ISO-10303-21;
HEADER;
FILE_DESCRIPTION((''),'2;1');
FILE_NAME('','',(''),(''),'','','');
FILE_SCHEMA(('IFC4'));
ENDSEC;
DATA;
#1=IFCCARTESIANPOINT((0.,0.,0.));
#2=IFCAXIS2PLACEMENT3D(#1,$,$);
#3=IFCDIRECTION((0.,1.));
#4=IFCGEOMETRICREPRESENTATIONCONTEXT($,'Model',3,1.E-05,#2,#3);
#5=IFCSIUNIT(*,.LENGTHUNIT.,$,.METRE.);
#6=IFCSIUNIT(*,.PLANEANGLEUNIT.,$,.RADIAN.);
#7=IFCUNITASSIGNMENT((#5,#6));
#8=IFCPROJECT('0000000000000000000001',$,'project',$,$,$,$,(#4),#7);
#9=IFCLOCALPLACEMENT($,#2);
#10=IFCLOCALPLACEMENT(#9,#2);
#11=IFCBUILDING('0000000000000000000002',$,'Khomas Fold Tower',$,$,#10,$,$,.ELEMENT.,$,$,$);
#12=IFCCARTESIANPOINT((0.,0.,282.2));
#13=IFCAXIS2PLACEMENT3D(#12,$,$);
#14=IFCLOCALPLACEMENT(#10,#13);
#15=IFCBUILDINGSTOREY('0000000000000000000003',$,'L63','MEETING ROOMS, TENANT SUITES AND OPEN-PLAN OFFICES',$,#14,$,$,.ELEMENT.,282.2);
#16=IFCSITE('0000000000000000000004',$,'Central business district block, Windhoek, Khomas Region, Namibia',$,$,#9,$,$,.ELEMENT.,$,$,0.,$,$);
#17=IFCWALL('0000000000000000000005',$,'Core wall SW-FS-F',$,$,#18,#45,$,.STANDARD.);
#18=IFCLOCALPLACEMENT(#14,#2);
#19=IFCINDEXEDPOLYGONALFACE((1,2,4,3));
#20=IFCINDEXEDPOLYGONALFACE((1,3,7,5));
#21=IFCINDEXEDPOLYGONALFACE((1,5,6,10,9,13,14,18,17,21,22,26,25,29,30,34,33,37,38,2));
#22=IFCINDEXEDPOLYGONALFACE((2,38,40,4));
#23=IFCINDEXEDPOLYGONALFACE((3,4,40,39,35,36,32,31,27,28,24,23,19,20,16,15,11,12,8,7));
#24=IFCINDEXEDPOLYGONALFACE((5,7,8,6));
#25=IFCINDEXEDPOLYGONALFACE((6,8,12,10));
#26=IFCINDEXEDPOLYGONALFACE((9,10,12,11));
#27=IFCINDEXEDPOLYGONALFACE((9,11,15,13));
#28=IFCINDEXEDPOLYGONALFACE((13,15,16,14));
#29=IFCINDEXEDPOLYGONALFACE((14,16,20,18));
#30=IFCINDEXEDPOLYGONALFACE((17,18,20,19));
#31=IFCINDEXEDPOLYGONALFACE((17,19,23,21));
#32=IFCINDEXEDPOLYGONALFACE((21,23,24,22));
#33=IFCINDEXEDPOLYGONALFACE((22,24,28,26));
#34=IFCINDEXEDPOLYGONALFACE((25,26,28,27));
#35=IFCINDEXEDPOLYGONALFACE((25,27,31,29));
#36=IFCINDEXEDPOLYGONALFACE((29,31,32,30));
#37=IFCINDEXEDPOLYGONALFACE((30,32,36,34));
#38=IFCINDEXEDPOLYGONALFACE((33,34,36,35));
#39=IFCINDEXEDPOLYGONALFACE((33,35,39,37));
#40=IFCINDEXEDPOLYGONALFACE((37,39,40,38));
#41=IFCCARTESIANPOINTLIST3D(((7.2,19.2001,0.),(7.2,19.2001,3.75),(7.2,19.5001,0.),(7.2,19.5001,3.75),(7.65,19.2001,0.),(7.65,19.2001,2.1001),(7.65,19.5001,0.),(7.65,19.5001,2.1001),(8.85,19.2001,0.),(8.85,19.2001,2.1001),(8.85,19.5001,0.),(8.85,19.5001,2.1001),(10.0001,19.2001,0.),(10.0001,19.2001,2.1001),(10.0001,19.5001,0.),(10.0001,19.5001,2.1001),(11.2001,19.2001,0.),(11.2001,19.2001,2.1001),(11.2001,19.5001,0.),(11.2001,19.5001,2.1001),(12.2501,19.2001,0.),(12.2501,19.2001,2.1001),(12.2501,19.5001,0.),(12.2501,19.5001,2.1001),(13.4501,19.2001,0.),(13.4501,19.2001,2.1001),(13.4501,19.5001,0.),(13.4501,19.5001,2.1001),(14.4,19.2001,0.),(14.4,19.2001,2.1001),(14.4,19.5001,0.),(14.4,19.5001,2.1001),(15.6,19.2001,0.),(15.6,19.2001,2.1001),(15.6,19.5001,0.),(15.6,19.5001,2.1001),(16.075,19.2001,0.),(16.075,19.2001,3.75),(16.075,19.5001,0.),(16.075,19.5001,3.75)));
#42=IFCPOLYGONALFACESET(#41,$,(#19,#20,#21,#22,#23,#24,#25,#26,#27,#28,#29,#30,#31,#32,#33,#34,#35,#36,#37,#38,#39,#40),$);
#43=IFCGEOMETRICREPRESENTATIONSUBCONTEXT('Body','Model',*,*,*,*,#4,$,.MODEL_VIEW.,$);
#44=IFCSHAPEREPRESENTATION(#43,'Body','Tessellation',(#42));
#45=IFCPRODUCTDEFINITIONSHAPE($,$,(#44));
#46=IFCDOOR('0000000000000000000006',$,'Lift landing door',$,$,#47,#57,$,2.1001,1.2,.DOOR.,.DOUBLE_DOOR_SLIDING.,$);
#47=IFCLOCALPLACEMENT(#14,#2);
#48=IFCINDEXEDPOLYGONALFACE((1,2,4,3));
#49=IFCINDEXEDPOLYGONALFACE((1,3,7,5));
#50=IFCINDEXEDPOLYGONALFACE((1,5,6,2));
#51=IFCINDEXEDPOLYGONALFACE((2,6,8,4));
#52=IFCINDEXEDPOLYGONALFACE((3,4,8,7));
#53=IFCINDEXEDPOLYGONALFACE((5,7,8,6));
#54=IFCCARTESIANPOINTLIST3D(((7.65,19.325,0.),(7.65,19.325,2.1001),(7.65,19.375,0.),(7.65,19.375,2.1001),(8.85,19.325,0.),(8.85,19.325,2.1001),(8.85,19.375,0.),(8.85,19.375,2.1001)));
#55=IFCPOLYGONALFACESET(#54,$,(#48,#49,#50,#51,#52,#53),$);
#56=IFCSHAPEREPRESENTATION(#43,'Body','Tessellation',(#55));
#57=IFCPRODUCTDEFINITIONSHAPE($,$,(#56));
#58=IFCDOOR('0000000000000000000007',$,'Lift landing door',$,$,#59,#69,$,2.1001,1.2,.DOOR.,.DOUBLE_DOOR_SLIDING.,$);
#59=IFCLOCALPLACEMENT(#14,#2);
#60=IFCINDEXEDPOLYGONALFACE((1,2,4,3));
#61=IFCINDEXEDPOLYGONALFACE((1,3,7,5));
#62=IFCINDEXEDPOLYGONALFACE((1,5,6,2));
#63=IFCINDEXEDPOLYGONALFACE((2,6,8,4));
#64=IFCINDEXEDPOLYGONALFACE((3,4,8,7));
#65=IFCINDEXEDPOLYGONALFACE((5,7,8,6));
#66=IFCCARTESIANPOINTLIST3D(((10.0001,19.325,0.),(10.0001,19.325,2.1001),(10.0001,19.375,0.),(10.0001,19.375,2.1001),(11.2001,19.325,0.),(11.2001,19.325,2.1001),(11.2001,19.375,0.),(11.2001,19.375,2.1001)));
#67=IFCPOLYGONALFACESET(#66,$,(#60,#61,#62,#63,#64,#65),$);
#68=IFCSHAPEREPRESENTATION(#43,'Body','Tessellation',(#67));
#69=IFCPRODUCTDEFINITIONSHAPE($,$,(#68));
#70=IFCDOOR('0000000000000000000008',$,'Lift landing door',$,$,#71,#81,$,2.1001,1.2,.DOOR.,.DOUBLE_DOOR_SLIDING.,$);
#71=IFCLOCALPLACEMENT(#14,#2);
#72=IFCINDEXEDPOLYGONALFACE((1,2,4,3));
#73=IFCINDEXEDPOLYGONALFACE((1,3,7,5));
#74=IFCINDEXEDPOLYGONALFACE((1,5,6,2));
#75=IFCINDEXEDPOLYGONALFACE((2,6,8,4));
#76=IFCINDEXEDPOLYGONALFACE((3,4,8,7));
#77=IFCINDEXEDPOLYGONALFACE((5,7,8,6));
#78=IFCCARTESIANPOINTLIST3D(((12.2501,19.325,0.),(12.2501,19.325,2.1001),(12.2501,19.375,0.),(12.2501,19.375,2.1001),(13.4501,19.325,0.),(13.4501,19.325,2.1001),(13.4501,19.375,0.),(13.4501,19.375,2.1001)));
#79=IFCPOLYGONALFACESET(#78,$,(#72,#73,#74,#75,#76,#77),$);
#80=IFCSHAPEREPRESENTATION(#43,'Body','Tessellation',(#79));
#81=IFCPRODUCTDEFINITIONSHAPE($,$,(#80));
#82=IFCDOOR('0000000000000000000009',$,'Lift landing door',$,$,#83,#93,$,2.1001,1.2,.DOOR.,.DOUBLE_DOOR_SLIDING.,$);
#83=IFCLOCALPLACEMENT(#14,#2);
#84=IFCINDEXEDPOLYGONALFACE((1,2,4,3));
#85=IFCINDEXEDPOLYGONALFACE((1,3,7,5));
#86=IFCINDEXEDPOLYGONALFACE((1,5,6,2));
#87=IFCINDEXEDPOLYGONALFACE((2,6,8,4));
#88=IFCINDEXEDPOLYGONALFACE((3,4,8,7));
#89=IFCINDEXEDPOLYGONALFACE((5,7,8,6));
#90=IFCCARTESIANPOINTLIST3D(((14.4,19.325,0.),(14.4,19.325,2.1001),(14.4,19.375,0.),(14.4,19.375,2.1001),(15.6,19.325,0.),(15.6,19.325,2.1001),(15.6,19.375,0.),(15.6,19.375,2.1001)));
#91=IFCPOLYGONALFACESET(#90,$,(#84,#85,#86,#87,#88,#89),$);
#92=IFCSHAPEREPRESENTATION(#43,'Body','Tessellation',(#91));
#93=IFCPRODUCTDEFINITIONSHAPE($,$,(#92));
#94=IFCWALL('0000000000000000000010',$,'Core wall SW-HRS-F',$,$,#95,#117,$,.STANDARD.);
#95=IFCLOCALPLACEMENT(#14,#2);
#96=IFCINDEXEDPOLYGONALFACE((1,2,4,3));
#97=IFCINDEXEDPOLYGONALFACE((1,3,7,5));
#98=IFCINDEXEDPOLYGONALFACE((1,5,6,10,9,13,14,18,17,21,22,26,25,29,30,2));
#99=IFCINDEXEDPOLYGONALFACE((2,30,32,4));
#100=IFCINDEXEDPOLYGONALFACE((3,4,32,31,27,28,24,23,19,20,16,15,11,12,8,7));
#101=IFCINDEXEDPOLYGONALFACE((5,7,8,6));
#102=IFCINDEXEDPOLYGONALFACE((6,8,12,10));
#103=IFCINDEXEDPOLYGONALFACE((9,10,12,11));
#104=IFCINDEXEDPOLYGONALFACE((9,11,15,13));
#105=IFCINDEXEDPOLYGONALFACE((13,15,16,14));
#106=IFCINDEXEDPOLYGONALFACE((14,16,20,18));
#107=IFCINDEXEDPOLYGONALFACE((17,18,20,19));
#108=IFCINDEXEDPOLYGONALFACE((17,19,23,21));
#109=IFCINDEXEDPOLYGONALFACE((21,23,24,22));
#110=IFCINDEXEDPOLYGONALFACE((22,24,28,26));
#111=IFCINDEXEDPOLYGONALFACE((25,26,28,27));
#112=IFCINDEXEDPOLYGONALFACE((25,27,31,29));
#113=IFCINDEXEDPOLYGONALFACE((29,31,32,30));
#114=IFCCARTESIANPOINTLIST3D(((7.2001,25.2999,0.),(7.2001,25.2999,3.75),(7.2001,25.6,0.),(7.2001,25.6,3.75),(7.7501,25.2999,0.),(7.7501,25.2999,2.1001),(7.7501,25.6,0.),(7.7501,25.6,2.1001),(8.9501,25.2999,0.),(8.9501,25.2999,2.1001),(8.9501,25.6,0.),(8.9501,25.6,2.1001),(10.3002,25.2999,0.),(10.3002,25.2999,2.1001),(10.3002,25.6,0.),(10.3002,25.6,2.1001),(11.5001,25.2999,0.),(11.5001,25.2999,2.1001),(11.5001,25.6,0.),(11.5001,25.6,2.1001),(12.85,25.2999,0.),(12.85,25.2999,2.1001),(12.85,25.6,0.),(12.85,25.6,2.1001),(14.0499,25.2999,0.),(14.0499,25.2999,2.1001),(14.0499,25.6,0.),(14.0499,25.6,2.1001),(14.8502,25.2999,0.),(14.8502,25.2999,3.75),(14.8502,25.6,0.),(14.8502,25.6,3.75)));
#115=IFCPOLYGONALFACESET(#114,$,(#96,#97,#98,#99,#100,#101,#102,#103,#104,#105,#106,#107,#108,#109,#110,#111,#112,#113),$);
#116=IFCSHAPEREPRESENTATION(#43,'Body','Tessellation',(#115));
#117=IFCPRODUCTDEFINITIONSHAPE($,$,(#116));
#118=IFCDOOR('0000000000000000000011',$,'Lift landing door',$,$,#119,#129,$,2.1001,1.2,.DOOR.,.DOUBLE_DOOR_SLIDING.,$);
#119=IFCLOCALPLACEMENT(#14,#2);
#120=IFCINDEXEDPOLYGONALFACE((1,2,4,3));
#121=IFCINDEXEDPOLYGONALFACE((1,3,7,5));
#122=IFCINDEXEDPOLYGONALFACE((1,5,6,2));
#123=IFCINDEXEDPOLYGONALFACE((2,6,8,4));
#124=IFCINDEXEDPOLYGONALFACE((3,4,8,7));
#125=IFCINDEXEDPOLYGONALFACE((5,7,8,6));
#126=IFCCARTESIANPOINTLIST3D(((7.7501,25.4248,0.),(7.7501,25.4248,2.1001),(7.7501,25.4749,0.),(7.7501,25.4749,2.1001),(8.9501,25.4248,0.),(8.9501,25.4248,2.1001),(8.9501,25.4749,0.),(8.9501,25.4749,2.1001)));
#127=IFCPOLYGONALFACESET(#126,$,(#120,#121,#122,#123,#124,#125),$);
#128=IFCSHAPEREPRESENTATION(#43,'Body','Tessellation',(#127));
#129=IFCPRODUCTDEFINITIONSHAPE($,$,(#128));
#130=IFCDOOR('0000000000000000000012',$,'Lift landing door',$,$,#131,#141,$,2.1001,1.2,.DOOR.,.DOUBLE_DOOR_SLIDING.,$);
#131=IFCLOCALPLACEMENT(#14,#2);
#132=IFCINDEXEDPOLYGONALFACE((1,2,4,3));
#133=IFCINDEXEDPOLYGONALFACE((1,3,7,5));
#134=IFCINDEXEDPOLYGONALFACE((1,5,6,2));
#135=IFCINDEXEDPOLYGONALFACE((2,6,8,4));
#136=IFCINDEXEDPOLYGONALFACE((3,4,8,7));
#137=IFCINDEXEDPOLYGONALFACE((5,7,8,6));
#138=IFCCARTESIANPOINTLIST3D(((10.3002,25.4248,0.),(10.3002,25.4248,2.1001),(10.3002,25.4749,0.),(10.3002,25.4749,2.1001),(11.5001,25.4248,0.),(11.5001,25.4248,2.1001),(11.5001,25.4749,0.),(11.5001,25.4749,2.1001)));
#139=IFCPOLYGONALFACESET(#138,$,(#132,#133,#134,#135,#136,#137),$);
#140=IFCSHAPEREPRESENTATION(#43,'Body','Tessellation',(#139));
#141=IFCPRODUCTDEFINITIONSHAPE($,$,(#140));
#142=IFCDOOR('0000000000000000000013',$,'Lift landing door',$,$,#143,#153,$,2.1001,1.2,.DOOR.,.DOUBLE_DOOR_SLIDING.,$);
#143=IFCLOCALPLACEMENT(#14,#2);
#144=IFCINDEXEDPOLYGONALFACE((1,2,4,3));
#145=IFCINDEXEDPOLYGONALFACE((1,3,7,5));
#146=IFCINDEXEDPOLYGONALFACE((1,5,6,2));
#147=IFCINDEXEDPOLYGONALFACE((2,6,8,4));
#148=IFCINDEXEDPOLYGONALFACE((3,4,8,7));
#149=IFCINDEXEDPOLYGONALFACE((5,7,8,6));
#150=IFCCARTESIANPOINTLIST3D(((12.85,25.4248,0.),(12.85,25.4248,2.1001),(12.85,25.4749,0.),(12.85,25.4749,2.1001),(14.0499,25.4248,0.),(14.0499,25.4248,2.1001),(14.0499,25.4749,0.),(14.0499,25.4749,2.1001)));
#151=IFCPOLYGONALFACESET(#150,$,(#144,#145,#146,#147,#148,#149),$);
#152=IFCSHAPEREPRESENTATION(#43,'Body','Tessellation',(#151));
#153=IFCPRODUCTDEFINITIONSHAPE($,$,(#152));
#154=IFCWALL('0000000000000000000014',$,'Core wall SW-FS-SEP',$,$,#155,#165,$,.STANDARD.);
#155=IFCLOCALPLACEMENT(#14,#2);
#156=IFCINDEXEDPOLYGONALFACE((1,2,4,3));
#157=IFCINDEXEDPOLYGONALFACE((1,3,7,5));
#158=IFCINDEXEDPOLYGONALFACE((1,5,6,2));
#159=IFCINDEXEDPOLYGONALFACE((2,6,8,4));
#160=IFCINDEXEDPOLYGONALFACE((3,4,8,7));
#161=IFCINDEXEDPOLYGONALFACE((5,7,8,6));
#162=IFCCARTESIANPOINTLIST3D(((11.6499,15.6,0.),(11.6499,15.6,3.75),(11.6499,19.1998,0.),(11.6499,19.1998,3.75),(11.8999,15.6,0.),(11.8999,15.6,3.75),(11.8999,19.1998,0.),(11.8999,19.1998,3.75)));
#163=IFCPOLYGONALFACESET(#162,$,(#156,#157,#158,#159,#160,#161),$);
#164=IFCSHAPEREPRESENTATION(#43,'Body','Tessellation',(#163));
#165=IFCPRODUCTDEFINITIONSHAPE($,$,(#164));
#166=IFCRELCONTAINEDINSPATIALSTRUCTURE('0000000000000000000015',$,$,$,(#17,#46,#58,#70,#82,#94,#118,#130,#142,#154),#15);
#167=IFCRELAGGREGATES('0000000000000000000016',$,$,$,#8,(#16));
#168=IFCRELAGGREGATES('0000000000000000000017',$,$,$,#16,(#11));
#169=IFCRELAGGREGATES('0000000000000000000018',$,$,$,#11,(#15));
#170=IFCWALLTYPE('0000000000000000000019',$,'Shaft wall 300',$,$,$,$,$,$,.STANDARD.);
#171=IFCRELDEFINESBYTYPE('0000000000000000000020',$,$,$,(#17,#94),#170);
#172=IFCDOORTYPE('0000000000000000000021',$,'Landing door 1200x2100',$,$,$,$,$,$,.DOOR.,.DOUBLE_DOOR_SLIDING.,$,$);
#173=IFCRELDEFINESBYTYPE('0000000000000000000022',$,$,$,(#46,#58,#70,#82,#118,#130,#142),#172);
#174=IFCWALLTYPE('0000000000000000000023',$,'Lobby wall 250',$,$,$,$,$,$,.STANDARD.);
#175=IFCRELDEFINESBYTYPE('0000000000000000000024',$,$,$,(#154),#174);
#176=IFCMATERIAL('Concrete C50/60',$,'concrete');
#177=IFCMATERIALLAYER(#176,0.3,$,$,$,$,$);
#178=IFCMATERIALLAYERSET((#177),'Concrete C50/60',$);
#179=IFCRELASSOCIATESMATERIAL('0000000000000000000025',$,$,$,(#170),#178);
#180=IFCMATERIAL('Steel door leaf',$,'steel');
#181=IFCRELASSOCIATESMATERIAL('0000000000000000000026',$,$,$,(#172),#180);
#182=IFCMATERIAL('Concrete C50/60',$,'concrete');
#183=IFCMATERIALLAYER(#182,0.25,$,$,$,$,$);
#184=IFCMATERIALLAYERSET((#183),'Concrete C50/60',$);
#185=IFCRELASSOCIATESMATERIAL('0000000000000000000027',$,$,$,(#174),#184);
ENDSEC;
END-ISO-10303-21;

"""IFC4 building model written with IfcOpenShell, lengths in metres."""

from ifc_helpers import new_model, si_unit, direction, frame, frame_2d, origin, place, context, subcontext, project, spatial, rectangle, extrude, source, transform, mapped, material, layer, layer_set, type_object, element, fill, save


model = new_model("IFC4")

# Units and contexts
model_context = context("Model", 3, precision=1e-05, world=origin(), true_north=direction((0.0, 1.0)))
body_context = subcontext(model_context, "Body", "Model", "MODEL_VIEW")
ifc_project = project(units=[si_unit("LENGTHUNIT", "METRE"), si_unit("PLANEANGLEUNIT", "RADIAN")], contexts=[model_context])

# Site, building, storey
site_placement = place(None, origin())
site = spatial("IfcSite", under=ifc_project, at=site_placement, Name="Central business district block, Windhoek, Khomas Region, Namibia", CompositionType="ELEMENT", RefElevation=0.0)
building_placement = place(site_placement, origin())
building = spatial("IfcBuilding", under=site, at=building_placement, Name="Khomas Fold Tower", CompositionType="ELEMENT")
storey_placement = place(building_placement, frame((0.0, 0.0, 282.2)))
storey = spatial("IfcBuildingStorey", under=building, at=storey_placement, Name="L63", Description="MEETING ROOMS, TENANT SUITES AND OPEN-PLAN OFFICES", CompositionType="ELEMENT", Elevation=282.2)

# Shared definitions
ifc_material_1 = material(Name="Concrete C50/60", Category="concrete")
ifc_layer_1 = layer(ifc_material_1, 0.3)
ifc_layer_set_1 = layer_set([ifc_layer_1], Name="Concrete C50/60")
wall_type_1 = type_object("IfcWallType", Name="Shaft wall 300", PredefinedType="STANDARD", material=ifc_layer_set_1)

# Walls, openings, doors
shared_shape_1 = source(origin(), body_context, "Body", "SweptSolid", [
    extrude(rectangle(XDim=8.875, YDim=0.3, at=frame_2d((4.4375, 0.0))), origin(), (0.0, 0.0, 1.0), 3.75),
])
wall_1_placement = place(storey_placement, frame((7.2, 19.3501, 0.0), z_axis=(0.0, 0.0, 1.0), x_axis=(1.0, 0.0, 0.0)))
wall_1 = element("IfcWall", 1, at=wall_1_placement, inside=storey, type_object=wall_type_1, Name="Core wall SW-FS-F", PredefinedType="STANDARD", context=body_context, shape_type="MappedRepresentation", body=[
    mapped(shared_shape_1, transform((0.0, 0.0, 0.0))),
])
shared_shape_2 = source(origin(), body_context, "Body", "SweptSolid", [
    extrude(rectangle(XDim=1.2, YDim=2.1001, at=frame_2d((0.6001, 1.05))), frame((0.0, 0.1599, 0.0), z_axis=(0.0, -1.0, 0.0), x_axis=(1.0, 0.0, 0.0)), (0.0, 0.0, 1.0), 0.3201),
])
opening_1_placement = place(wall_1_placement, frame((0.45, 0.0, 0.0)))
opening_1 = element("IfcOpeningElement", 2, at=opening_1_placement, cuts=wall_1, PredefinedType="OPENING", context=body_context, shape_type="MappedRepresentation", body=[
    mapped(shared_shape_2, transform((0.0, 0.0, 0.0))),
])
opening_2_placement = place(wall_1_placement, frame((2.8, 0.0, 0.0)))
opening_2 = element("IfcOpeningElement", 3, at=opening_2_placement, cuts=wall_1, PredefinedType="OPENING", context=body_context, shape_type="MappedRepresentation", body=[
    mapped(shared_shape_2, transform((0.0, 0.0, 0.0))),
])
opening_3_placement = place(wall_1_placement, frame((5.05, 0.0, 0.0)))
opening_3 = element("IfcOpeningElement", 4, at=opening_3_placement, cuts=wall_1, PredefinedType="OPENING", context=body_context, shape_type="MappedRepresentation", body=[
    mapped(shared_shape_2, transform((0.0, 0.0, 0.0))),
])
opening_4_placement = place(wall_1_placement, frame((7.2, 0.0, 0.0)))
opening_4 = element("IfcOpeningElement", 5, at=opening_4_placement, cuts=wall_1, PredefinedType="OPENING", context=body_context, shape_type="MappedRepresentation", body=[
    mapped(shared_shape_2, transform((0.0, 0.0, 0.0))),
])
ifc_material_2 = material(Name="Steel door leaf", Category="steel")
door_type = type_object("IfcDoorType", Name="Landing door 1200x2100", OperationType="DOUBLE_DOOR_SLIDING", PredefinedType="DOOR", material=ifc_material_2)
shared_shape_3 = source(origin(), body_context, "Body", "SweptSolid", [
    extrude(rectangle(XDim=1.2, YDim=2.1001, at=frame_2d((0.6001, 1.05))), frame((0.0, 0.0249, 0.0), z_axis=(0.0, -1.0, 0.0), x_axis=(1.0, 0.0, 0.0)), (0.0, 0.0, 1.0), 0.05),
])
door_1_placement = place(opening_1_placement, origin())
door_1 = element("IfcDoor", 6, at=door_1_placement, inside=storey, type_object=door_type, Name="Lift landing door", OperationType="DOUBLE_DOOR_SLIDING", OverallHeight=2.1001, OverallWidth=1.2, PredefinedType="DOOR", context=body_context, shape_type="MappedRepresentation", body=[
    mapped(shared_shape_3, transform((0.0, 0.0, 0.0))),
])
fill(opening_1, door_1)
door_2_placement = place(opening_2_placement, origin())
door_2 = element("IfcDoor", 7, at=door_2_placement, inside=storey, type_object=door_type, Name="Lift landing door", OperationType="DOUBLE_DOOR_SLIDING", OverallHeight=2.1001, OverallWidth=1.2, PredefinedType="DOOR", context=body_context, shape_type="MappedRepresentation", body=[
    mapped(shared_shape_3, transform((0.0, 0.0, 0.0))),
])
fill(opening_2, door_2)
door_3_placement = place(opening_3_placement, origin())
door_3 = element("IfcDoor", 8, at=door_3_placement, inside=storey, type_object=door_type, Name="Lift landing door", OperationType="DOUBLE_DOOR_SLIDING", OverallHeight=2.1001, OverallWidth=1.2, PredefinedType="DOOR", context=body_context, shape_type="MappedRepresentation", body=[
    mapped(shared_shape_3, transform((0.0, 0.0, 0.0))),
])
fill(opening_3, door_3)
door_4_placement = place(opening_4_placement, origin())
door_4 = element("IfcDoor", 9, at=door_4_placement, inside=storey, type_object=door_type, Name="Lift landing door", OperationType="DOUBLE_DOOR_SLIDING", OverallHeight=2.1001, OverallWidth=1.2, PredefinedType="DOOR", context=body_context, shape_type="MappedRepresentation", body=[
    mapped(shared_shape_3, transform((0.0, 0.0, 0.0))),
])
fill(opening_4, door_4)
shared_shape_4 = source(origin(), body_context, "Body", "SweptSolid", [
    extrude(rectangle(XDim=7.6501, YDim=0.3, at=frame_2d((3.8252, 0.0))), origin(), (0.0, 0.0, 1.0), 3.75),
])
wall_2_placement = place(storey_placement, frame((7.2, 25.45, 0.0), z_axis=(0.0, 0.0, 1.0), x_axis=(1.0, 0.0, 0.0)))
wall_2 = element("IfcWall", 10, at=wall_2_placement, inside=storey, type_object=wall_type_1, Name="Core wall SW-HRS-F", PredefinedType="STANDARD", context=body_context, shape_type="MappedRepresentation", body=[
    mapped(shared_shape_4, transform((0.0, 0.0, 0.0))),
])
opening_5_placement = place(wall_2_placement, frame((0.55, 0.0, 0.0)))
opening_5 = element("IfcOpeningElement", 11, at=opening_5_placement, cuts=wall_2, PredefinedType="OPENING", context=body_context, shape_type="MappedRepresentation", body=[
    mapped(shared_shape_2, transform((0.0, 0.0, 0.0))),
])
opening_6_placement = place(wall_2_placement, frame((3.1001, 0.0, 0.0)))
opening_6 = element("IfcOpeningElement", 12, at=opening_6_placement, cuts=wall_2, PredefinedType="OPENING", context=body_context, shape_type="MappedRepresentation", body=[
    mapped(shared_shape_2, transform((0.0, 0.0, 0.0))),
])
opening_7_placement = place(wall_2_placement, frame((5.6499, 0.0, 0.0)))
opening_7 = element("IfcOpeningElement", 13, at=opening_7_placement, cuts=wall_2, PredefinedType="OPENING", context=body_context, shape_type="MappedRepresentation", body=[
    mapped(shared_shape_2, transform((0.0, 0.0, 0.0))),
])
door_5_placement = place(opening_5_placement, origin())
door_5 = element("IfcDoor", 14, at=door_5_placement, inside=storey, type_object=door_type, Name="Lift landing door", OperationType="DOUBLE_DOOR_SLIDING", OverallHeight=2.1001, OverallWidth=1.2, PredefinedType="DOOR", context=body_context, shape_type="MappedRepresentation", body=[
    mapped(shared_shape_3, transform((0.0, 0.0, 0.0))),
])
fill(opening_5, door_5)
door_6_placement = place(opening_6_placement, origin())
door_6 = element("IfcDoor", 15, at=door_6_placement, inside=storey, type_object=door_type, Name="Lift landing door", OperationType="DOUBLE_DOOR_SLIDING", OverallHeight=2.1001, OverallWidth=1.2, PredefinedType="DOOR", context=body_context, shape_type="MappedRepresentation", body=[
    mapped(shared_shape_3, transform((0.0, 0.0, 0.0))),
])
fill(opening_6, door_6)
door_7_placement = place(opening_7_placement, origin())
door_7 = element("IfcDoor", 16, at=door_7_placement, inside=storey, type_object=door_type, Name="Lift landing door", OperationType="DOUBLE_DOOR_SLIDING", OverallHeight=2.1001, OverallWidth=1.2, PredefinedType="DOOR", context=body_context, shape_type="MappedRepresentation", body=[
    mapped(shared_shape_3, transform((0.0, 0.0, 0.0))),
])
fill(opening_7, door_7)

# Wall
ifc_material_3 = material(Name="Concrete C50/60", Category="concrete")
ifc_layer_2 = layer(ifc_material_3, 0.25)
ifc_layer_set_2 = layer_set([ifc_layer_2], Name="Concrete C50/60")
wall_type_2 = type_object("IfcWallType", Name="Lobby wall 250", PredefinedType="STANDARD", material=ifc_layer_set_2)
shared_shape_5 = source(origin(), body_context, "Body", "SweptSolid", [
    extrude(rectangle(XDim=3.5999, YDim=0.25, at=frame_2d((1.7998, 0.0))), origin(), (0.0, 0.0, 1.0), 3.75),
])
wall_3_placement = place(storey_placement, frame((11.7749, 15.6001, 0.0), z_axis=(0.0, 0.0, 1.0), x_axis=(0.0, 1.0, 0.0)))
element("IfcWall", 17, at=wall_3_placement, inside=storey, type_object=wall_type_2, Name="Core wall SW-FS-SEP", PredefinedType="STANDARD", context=body_context, shape_type="MappedRepresentation", body=[
    mapped(shared_shape_5, transform((0.0, 0.0, 0.0))),
])

save(model, "model.ifc")
